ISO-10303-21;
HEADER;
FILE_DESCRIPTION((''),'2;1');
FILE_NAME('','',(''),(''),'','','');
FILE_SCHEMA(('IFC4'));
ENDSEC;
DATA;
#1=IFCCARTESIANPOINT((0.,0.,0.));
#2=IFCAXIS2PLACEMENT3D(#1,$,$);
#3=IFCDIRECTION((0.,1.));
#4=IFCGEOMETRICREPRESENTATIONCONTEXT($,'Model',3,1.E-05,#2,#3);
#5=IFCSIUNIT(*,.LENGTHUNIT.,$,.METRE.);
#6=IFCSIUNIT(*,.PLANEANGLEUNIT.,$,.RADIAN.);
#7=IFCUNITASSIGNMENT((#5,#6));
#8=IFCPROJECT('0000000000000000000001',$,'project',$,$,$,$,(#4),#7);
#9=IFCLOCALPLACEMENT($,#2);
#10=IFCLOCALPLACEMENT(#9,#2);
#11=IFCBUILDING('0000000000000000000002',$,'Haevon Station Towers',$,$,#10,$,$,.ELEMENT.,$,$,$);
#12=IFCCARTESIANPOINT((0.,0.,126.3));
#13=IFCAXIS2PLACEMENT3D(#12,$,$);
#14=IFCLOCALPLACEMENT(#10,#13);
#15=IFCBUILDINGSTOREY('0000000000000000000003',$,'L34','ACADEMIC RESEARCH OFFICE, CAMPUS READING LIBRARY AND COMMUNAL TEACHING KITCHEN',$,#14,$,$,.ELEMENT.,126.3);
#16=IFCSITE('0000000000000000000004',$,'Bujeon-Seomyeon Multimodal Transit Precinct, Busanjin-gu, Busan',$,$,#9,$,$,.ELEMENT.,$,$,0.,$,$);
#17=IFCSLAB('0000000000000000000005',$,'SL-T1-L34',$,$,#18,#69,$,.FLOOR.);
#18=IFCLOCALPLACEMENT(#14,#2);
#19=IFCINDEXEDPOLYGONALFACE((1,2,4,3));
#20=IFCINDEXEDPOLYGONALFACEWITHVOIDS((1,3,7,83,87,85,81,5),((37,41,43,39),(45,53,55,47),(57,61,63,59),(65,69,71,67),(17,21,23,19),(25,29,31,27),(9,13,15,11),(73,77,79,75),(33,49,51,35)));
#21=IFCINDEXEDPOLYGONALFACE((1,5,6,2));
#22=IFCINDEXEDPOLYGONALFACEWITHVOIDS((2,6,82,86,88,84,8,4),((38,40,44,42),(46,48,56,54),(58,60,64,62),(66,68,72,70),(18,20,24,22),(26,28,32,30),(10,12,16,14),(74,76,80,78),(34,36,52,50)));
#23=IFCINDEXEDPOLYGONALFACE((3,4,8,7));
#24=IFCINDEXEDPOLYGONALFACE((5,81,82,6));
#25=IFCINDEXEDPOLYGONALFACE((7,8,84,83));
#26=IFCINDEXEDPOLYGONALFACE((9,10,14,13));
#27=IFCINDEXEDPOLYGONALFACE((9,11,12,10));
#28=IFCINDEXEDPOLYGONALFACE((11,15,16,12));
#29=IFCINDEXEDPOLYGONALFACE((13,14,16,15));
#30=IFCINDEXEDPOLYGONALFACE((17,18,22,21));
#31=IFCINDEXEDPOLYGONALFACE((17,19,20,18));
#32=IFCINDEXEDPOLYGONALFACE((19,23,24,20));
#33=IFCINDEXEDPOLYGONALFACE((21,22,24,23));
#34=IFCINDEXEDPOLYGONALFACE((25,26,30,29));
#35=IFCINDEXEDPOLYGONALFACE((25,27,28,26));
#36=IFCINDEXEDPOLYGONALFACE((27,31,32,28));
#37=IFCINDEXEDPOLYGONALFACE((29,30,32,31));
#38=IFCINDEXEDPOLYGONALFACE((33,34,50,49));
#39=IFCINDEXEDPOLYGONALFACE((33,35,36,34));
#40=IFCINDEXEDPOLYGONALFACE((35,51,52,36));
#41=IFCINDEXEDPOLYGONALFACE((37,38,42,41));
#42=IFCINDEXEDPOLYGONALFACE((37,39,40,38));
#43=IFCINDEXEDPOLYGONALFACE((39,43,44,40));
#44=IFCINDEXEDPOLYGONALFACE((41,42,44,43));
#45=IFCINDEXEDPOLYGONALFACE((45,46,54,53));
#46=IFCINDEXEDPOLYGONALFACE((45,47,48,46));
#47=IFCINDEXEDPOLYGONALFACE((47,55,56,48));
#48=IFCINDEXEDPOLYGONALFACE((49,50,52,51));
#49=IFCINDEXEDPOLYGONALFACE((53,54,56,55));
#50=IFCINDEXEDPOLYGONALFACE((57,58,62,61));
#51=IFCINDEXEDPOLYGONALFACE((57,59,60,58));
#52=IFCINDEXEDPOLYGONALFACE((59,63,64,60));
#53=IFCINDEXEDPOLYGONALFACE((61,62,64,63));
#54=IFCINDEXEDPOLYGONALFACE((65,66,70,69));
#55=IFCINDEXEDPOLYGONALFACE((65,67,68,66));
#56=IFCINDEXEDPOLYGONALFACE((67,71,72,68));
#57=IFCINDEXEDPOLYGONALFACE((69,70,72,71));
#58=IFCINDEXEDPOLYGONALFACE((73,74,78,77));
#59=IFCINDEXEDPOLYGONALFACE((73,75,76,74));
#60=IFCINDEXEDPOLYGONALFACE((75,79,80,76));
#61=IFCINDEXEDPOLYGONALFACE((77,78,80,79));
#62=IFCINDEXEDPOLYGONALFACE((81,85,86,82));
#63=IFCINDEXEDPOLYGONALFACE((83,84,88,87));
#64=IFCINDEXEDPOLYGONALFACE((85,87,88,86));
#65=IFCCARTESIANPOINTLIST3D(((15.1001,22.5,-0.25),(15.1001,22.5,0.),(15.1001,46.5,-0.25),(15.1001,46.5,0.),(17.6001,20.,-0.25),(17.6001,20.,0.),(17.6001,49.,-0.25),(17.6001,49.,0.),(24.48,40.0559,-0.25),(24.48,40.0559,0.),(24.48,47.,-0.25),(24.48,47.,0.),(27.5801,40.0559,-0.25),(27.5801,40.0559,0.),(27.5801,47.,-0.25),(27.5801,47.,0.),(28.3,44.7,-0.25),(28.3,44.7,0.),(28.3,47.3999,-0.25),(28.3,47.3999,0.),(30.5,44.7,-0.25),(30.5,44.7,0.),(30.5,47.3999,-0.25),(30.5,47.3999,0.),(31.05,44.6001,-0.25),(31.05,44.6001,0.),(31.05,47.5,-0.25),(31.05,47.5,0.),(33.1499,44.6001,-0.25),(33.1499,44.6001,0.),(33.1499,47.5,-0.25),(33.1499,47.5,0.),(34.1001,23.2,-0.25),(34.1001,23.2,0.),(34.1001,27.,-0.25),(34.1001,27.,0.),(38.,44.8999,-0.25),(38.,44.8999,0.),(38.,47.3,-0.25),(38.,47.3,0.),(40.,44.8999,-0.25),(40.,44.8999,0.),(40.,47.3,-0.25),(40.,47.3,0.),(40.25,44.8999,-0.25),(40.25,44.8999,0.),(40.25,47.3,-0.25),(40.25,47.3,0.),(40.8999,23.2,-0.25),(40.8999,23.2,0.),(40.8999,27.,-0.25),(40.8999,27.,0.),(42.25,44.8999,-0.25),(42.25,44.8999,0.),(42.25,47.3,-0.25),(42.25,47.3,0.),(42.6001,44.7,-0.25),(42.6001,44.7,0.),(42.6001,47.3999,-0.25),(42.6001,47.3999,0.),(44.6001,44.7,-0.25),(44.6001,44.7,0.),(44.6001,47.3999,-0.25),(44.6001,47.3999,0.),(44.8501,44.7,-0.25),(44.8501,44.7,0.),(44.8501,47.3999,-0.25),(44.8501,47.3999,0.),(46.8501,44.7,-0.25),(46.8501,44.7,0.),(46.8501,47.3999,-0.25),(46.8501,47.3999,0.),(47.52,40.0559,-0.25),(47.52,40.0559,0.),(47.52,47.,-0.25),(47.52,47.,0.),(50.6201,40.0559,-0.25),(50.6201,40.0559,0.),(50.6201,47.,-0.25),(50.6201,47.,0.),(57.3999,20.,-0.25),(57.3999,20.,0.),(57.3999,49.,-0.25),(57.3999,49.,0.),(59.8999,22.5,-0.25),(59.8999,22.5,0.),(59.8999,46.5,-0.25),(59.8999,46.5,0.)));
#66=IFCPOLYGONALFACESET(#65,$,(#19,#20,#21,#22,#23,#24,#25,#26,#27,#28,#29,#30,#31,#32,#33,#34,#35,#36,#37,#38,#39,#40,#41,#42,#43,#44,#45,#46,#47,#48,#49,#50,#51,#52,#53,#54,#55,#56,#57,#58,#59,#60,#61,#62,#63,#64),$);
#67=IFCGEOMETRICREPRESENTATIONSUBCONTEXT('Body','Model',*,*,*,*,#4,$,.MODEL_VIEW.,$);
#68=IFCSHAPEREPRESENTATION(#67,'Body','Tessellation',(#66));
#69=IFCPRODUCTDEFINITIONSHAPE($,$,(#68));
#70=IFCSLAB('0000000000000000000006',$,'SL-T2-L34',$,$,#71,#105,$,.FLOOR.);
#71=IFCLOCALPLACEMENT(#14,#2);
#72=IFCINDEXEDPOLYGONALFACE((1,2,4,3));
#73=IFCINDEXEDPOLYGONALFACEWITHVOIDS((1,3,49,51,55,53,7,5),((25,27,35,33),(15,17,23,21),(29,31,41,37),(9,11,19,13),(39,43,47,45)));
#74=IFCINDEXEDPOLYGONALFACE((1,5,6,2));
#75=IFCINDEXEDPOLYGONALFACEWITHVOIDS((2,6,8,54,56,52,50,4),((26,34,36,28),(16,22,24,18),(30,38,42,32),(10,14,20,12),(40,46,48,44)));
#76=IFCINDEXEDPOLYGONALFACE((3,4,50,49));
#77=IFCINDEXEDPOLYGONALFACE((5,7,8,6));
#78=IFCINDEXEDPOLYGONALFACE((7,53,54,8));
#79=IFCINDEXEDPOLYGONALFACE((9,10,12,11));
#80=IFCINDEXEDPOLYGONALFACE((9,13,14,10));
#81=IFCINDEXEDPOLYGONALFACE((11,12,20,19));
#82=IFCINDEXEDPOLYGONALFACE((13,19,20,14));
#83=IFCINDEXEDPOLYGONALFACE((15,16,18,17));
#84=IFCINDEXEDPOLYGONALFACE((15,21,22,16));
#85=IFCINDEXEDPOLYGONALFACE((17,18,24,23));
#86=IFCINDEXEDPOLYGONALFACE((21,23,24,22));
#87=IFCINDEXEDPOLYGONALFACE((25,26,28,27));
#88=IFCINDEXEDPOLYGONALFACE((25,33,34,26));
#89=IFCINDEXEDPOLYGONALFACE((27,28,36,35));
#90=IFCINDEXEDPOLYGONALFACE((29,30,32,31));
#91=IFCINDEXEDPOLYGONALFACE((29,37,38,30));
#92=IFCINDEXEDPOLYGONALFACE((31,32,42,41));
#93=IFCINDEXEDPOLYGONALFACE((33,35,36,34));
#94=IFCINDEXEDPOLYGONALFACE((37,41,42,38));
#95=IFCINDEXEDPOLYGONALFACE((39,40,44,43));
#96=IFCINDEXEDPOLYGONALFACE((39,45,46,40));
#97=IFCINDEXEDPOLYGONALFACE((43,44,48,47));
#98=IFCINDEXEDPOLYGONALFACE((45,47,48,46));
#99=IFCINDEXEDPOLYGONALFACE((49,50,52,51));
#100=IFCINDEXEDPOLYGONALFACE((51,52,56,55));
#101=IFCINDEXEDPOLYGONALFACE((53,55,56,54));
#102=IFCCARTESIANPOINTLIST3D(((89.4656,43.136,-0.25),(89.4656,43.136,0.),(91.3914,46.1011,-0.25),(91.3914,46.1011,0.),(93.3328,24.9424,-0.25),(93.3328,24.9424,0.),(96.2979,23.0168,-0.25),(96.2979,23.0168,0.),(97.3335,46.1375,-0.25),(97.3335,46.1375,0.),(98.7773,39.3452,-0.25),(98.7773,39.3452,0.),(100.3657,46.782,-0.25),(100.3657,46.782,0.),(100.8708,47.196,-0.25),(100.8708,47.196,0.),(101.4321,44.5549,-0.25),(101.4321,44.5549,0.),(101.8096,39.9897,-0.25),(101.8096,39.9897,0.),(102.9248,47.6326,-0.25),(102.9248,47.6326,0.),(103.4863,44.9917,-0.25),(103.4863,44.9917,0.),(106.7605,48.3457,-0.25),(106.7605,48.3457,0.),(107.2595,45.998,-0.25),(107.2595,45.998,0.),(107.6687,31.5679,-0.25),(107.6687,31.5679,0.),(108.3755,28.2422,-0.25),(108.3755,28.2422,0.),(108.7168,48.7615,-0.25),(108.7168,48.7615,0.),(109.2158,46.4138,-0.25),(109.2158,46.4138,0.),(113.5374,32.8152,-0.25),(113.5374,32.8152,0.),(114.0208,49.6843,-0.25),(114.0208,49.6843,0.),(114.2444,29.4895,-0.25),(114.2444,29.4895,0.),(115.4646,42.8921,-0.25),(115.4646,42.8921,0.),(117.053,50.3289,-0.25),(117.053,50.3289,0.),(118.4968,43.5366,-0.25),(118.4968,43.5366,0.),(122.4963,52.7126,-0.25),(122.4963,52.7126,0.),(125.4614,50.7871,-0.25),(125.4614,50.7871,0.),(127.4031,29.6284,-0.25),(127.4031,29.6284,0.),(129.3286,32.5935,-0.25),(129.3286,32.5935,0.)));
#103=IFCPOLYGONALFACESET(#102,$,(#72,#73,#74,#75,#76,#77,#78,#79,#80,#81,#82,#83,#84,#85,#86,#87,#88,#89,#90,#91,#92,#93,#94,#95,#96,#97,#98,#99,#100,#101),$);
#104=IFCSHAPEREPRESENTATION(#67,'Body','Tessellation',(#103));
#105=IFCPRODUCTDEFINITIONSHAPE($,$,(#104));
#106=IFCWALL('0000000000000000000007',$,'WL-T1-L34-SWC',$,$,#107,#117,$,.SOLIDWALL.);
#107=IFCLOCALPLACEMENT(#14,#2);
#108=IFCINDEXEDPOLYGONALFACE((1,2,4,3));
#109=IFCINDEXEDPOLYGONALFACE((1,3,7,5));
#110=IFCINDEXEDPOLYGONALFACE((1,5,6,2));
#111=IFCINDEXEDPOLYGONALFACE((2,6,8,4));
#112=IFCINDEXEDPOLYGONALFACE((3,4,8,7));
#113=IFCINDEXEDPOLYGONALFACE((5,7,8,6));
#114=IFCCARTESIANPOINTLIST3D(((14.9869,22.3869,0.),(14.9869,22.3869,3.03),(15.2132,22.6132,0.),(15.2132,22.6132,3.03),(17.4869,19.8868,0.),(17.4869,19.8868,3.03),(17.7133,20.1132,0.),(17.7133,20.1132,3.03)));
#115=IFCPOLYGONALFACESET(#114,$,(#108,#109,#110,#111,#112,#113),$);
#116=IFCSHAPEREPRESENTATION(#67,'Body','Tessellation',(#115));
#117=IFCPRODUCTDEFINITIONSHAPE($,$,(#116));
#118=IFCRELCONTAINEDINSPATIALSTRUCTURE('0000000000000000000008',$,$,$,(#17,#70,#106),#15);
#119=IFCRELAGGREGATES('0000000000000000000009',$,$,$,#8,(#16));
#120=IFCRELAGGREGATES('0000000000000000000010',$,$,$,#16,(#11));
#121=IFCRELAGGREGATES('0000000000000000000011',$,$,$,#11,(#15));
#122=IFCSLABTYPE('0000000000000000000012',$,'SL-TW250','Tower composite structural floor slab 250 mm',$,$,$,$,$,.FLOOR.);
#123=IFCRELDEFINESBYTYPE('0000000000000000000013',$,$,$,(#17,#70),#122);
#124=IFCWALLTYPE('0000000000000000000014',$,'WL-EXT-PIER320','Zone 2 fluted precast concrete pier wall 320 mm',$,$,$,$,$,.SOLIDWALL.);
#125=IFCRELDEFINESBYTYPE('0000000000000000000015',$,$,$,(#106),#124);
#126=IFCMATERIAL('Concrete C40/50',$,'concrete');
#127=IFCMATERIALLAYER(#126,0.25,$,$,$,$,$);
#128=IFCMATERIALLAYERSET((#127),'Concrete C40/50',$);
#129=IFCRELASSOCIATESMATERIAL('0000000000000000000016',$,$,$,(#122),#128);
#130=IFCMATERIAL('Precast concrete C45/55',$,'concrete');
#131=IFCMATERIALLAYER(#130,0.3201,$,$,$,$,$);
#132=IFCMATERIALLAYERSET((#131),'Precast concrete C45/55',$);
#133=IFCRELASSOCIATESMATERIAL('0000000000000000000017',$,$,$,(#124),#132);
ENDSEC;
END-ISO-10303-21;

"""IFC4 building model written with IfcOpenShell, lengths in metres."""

from ifc_helpers import new_model, si_unit, direction, frame, frame_2d, origin, place, context, subcontext, project, spatial, polyline, rectangle, outline, extrude, material, layer, layer_set, type_object, element, save


model = new_model("IFC4")

# Units and contexts
model_context = context("Model", 3, precision=1e-05, world=origin(), true_north=direction((0.0, 1.0)))
body_context = subcontext(model_context, "Body", "Model", "MODEL_VIEW")
ifc_project = project(units=[si_unit("LENGTHUNIT", "METRE"), si_unit("PLANEANGLEUNIT", "RADIAN")], contexts=[model_context])

# Site, building, storey
site_placement = place(None, origin())
site = spatial("IfcSite", under=ifc_project, at=site_placement, Name="Bujeon-Seomyeon Multimodal Transit Precinct, Busanjin-gu, Busan", CompositionType="ELEMENT", RefElevation=0.0)
building_placement = place(site_placement, origin())
building = spatial("IfcBuilding", under=site, at=building_placement, Name="Haevon Station Towers", CompositionType="ELEMENT")
storey_placement = place(building_placement, frame((0.0, 0.0, 126.3)))
storey = spatial("IfcBuildingStorey", under=building, at=storey_placement, Name="L34", Description="ACADEMIC RESEARCH OFFICE, CAMPUS READING LIBRARY AND COMMUNAL TEACHING KITCHEN", CompositionType="ELEMENT", Elevation=126.3)

# Shared definitions
ifc_material_1 = material(Name="Concrete C40/50", Category="concrete")

# Slabs
ifc_layer_1 = layer(ifc_material_1, 0.25)
ifc_layer_set_1 = layer_set([ifc_layer_1], Name="Concrete C40/50")
slab_type_1 = type_object("IfcSlabType", Name="SL-TW250", Description="Tower composite structural floor slab 250 mm", PredefinedType="FLOOR", material=ifc_layer_set_1)
slab_1_placement = place(storey_placement, frame((0.0, 0.0, -0.25)))
element("IfcSlab", 1, at=slab_1_placement, inside=storey, type_object=slab_type_1, Name="SL-T1-L34", PredefinedType="FLOOR", context=body_context, shape_type="SweptSolid", body=[
    extrude(outline(polyline([(17.6001, 20.0), (57.3999, 20.0), (59.8999, 22.5), (59.8999, 46.5), (57.3999, 49.0), (17.6001, 49.0), (15.1001, 46.5), (15.1001, 22.5), (17.6001, 20.0)]), holes=[polyline([(27.5801, 40.0559), (27.5801, 47.0), (24.48, 47.0), (24.48, 40.0559), (27.5801, 40.0559)]), polyline([(50.6201, 40.0559), (50.6201, 47.0), (47.52, 47.0), (47.52, 40.0559), (50.6201, 40.0559)]), polyline([(28.3, 44.7), (30.5, 44.7), (30.5, 47.3999), (28.3, 47.3999), (28.3, 44.7)]), polyline([(31.05, 44.6001), (33.1499, 44.6001), (33.1499, 47.5), (31.05, 47.5), (31.05, 44.6001)]), polyline([(38.0, 44.8999), (40.0, 44.8999), (40.0, 47.3), (38.0, 47.3), (38.0, 44.8999)]), polyline([(40.25, 44.8999), (42.25, 44.8999), (42.25, 47.3), (40.25, 47.3), (40.25, 44.8999)]), polyline([(42.6001, 44.7), (44.6001, 44.7), (44.6001, 47.3999), (42.6001, 47.3999), (42.6001, 44.7)]), polyline([(44.8501, 44.7), (46.8501, 44.7), (46.8501, 47.3999), (44.8501, 47.3999), (44.8501, 44.7)]), polyline([(34.1001, 23.2), (40.8999, 23.2), (40.8999, 27.0), (34.1001, 27.0), (34.1001, 23.2)])]), origin(), (0.0, 0.0, 1.0), 0.25),
])
slab_2_placement = place(storey_placement, frame((0.0, 0.0, -0.25)))
element("IfcSlab", 2, at=slab_2_placement, inside=storey, type_object=slab_type_1, Name="SL-T2-L34", PredefinedType="FLOOR", context=body_context, shape_type="SweptSolid", body=[
    extrude(outline(polyline([(96.2979, 23.0168), (127.4031, 29.6284), (129.3286, 32.5935), (125.4614, 50.7871), (122.4963, 52.7126), (91.3914, 46.1011), (89.4656, 43.136), (93.3328, 24.9424), (96.2979, 23.0168)]), holes=[polyline([(101.8096, 39.9897), (100.3657, 46.782), (97.3335, 46.1375), (98.7773, 39.3452), (101.8096, 39.9897)]), polyline([(118.4968, 43.5366), (117.053, 50.3289), (114.0208, 49.6843), (115.4646, 42.8921), (118.4968, 43.5366)]), polyline([(101.4321, 44.5549), (103.4863, 44.9917), (102.9248, 47.6326), (100.8708, 47.196), (101.4321, 44.5549)]), polyline([(107.2595, 45.998), (109.2158, 46.4138), (108.7168, 48.7615), (106.7605, 48.3457), (107.2595, 45.998)]), polyline([(108.3755, 28.2422), (114.2444, 29.4895), (113.5374, 32.8152), (107.6687, 31.5679), (108.3755, 28.2422)])]), origin(), (0.0, 0.0, 1.0), 0.25),
])

# Wall
ifc_material_2 = material(Name="Precast concrete C45/55", Category="concrete")
ifc_layer_2 = layer(ifc_material_2, 0.3201)
ifc_layer_set_2 = layer_set([ifc_layer_2], Name="Precast concrete C45/55")
wall_type_1 = type_object("IfcWallType", Name="WL-EXT-PIER320", Description="Zone 2 fluted precast concrete pier wall 320 mm", PredefinedType="SOLIDWALL", material=ifc_layer_set_2)
wall_1_placement = place(storey_placement, frame((17.6001, 20.0, 0.0), z_axis=(0.0, 0.0, 1.0), x_axis=(-0.707107, 0.707107, 0.0)))
element("IfcWall", 3, at=wall_1_placement, inside=storey, type_object=wall_type_1, Name="WL-T1-L34-SWC", PredefinedType="SOLIDWALL", context=body_context, shape_type="SweptSolid", body=[
    extrude(rectangle(XDim=3.5356, YDim=0.3201, at=frame_2d((1.7678, 0.0))), origin(), (0.0, 0.0, 1.0), 3.03),
])

save(model, "model.ifc")
